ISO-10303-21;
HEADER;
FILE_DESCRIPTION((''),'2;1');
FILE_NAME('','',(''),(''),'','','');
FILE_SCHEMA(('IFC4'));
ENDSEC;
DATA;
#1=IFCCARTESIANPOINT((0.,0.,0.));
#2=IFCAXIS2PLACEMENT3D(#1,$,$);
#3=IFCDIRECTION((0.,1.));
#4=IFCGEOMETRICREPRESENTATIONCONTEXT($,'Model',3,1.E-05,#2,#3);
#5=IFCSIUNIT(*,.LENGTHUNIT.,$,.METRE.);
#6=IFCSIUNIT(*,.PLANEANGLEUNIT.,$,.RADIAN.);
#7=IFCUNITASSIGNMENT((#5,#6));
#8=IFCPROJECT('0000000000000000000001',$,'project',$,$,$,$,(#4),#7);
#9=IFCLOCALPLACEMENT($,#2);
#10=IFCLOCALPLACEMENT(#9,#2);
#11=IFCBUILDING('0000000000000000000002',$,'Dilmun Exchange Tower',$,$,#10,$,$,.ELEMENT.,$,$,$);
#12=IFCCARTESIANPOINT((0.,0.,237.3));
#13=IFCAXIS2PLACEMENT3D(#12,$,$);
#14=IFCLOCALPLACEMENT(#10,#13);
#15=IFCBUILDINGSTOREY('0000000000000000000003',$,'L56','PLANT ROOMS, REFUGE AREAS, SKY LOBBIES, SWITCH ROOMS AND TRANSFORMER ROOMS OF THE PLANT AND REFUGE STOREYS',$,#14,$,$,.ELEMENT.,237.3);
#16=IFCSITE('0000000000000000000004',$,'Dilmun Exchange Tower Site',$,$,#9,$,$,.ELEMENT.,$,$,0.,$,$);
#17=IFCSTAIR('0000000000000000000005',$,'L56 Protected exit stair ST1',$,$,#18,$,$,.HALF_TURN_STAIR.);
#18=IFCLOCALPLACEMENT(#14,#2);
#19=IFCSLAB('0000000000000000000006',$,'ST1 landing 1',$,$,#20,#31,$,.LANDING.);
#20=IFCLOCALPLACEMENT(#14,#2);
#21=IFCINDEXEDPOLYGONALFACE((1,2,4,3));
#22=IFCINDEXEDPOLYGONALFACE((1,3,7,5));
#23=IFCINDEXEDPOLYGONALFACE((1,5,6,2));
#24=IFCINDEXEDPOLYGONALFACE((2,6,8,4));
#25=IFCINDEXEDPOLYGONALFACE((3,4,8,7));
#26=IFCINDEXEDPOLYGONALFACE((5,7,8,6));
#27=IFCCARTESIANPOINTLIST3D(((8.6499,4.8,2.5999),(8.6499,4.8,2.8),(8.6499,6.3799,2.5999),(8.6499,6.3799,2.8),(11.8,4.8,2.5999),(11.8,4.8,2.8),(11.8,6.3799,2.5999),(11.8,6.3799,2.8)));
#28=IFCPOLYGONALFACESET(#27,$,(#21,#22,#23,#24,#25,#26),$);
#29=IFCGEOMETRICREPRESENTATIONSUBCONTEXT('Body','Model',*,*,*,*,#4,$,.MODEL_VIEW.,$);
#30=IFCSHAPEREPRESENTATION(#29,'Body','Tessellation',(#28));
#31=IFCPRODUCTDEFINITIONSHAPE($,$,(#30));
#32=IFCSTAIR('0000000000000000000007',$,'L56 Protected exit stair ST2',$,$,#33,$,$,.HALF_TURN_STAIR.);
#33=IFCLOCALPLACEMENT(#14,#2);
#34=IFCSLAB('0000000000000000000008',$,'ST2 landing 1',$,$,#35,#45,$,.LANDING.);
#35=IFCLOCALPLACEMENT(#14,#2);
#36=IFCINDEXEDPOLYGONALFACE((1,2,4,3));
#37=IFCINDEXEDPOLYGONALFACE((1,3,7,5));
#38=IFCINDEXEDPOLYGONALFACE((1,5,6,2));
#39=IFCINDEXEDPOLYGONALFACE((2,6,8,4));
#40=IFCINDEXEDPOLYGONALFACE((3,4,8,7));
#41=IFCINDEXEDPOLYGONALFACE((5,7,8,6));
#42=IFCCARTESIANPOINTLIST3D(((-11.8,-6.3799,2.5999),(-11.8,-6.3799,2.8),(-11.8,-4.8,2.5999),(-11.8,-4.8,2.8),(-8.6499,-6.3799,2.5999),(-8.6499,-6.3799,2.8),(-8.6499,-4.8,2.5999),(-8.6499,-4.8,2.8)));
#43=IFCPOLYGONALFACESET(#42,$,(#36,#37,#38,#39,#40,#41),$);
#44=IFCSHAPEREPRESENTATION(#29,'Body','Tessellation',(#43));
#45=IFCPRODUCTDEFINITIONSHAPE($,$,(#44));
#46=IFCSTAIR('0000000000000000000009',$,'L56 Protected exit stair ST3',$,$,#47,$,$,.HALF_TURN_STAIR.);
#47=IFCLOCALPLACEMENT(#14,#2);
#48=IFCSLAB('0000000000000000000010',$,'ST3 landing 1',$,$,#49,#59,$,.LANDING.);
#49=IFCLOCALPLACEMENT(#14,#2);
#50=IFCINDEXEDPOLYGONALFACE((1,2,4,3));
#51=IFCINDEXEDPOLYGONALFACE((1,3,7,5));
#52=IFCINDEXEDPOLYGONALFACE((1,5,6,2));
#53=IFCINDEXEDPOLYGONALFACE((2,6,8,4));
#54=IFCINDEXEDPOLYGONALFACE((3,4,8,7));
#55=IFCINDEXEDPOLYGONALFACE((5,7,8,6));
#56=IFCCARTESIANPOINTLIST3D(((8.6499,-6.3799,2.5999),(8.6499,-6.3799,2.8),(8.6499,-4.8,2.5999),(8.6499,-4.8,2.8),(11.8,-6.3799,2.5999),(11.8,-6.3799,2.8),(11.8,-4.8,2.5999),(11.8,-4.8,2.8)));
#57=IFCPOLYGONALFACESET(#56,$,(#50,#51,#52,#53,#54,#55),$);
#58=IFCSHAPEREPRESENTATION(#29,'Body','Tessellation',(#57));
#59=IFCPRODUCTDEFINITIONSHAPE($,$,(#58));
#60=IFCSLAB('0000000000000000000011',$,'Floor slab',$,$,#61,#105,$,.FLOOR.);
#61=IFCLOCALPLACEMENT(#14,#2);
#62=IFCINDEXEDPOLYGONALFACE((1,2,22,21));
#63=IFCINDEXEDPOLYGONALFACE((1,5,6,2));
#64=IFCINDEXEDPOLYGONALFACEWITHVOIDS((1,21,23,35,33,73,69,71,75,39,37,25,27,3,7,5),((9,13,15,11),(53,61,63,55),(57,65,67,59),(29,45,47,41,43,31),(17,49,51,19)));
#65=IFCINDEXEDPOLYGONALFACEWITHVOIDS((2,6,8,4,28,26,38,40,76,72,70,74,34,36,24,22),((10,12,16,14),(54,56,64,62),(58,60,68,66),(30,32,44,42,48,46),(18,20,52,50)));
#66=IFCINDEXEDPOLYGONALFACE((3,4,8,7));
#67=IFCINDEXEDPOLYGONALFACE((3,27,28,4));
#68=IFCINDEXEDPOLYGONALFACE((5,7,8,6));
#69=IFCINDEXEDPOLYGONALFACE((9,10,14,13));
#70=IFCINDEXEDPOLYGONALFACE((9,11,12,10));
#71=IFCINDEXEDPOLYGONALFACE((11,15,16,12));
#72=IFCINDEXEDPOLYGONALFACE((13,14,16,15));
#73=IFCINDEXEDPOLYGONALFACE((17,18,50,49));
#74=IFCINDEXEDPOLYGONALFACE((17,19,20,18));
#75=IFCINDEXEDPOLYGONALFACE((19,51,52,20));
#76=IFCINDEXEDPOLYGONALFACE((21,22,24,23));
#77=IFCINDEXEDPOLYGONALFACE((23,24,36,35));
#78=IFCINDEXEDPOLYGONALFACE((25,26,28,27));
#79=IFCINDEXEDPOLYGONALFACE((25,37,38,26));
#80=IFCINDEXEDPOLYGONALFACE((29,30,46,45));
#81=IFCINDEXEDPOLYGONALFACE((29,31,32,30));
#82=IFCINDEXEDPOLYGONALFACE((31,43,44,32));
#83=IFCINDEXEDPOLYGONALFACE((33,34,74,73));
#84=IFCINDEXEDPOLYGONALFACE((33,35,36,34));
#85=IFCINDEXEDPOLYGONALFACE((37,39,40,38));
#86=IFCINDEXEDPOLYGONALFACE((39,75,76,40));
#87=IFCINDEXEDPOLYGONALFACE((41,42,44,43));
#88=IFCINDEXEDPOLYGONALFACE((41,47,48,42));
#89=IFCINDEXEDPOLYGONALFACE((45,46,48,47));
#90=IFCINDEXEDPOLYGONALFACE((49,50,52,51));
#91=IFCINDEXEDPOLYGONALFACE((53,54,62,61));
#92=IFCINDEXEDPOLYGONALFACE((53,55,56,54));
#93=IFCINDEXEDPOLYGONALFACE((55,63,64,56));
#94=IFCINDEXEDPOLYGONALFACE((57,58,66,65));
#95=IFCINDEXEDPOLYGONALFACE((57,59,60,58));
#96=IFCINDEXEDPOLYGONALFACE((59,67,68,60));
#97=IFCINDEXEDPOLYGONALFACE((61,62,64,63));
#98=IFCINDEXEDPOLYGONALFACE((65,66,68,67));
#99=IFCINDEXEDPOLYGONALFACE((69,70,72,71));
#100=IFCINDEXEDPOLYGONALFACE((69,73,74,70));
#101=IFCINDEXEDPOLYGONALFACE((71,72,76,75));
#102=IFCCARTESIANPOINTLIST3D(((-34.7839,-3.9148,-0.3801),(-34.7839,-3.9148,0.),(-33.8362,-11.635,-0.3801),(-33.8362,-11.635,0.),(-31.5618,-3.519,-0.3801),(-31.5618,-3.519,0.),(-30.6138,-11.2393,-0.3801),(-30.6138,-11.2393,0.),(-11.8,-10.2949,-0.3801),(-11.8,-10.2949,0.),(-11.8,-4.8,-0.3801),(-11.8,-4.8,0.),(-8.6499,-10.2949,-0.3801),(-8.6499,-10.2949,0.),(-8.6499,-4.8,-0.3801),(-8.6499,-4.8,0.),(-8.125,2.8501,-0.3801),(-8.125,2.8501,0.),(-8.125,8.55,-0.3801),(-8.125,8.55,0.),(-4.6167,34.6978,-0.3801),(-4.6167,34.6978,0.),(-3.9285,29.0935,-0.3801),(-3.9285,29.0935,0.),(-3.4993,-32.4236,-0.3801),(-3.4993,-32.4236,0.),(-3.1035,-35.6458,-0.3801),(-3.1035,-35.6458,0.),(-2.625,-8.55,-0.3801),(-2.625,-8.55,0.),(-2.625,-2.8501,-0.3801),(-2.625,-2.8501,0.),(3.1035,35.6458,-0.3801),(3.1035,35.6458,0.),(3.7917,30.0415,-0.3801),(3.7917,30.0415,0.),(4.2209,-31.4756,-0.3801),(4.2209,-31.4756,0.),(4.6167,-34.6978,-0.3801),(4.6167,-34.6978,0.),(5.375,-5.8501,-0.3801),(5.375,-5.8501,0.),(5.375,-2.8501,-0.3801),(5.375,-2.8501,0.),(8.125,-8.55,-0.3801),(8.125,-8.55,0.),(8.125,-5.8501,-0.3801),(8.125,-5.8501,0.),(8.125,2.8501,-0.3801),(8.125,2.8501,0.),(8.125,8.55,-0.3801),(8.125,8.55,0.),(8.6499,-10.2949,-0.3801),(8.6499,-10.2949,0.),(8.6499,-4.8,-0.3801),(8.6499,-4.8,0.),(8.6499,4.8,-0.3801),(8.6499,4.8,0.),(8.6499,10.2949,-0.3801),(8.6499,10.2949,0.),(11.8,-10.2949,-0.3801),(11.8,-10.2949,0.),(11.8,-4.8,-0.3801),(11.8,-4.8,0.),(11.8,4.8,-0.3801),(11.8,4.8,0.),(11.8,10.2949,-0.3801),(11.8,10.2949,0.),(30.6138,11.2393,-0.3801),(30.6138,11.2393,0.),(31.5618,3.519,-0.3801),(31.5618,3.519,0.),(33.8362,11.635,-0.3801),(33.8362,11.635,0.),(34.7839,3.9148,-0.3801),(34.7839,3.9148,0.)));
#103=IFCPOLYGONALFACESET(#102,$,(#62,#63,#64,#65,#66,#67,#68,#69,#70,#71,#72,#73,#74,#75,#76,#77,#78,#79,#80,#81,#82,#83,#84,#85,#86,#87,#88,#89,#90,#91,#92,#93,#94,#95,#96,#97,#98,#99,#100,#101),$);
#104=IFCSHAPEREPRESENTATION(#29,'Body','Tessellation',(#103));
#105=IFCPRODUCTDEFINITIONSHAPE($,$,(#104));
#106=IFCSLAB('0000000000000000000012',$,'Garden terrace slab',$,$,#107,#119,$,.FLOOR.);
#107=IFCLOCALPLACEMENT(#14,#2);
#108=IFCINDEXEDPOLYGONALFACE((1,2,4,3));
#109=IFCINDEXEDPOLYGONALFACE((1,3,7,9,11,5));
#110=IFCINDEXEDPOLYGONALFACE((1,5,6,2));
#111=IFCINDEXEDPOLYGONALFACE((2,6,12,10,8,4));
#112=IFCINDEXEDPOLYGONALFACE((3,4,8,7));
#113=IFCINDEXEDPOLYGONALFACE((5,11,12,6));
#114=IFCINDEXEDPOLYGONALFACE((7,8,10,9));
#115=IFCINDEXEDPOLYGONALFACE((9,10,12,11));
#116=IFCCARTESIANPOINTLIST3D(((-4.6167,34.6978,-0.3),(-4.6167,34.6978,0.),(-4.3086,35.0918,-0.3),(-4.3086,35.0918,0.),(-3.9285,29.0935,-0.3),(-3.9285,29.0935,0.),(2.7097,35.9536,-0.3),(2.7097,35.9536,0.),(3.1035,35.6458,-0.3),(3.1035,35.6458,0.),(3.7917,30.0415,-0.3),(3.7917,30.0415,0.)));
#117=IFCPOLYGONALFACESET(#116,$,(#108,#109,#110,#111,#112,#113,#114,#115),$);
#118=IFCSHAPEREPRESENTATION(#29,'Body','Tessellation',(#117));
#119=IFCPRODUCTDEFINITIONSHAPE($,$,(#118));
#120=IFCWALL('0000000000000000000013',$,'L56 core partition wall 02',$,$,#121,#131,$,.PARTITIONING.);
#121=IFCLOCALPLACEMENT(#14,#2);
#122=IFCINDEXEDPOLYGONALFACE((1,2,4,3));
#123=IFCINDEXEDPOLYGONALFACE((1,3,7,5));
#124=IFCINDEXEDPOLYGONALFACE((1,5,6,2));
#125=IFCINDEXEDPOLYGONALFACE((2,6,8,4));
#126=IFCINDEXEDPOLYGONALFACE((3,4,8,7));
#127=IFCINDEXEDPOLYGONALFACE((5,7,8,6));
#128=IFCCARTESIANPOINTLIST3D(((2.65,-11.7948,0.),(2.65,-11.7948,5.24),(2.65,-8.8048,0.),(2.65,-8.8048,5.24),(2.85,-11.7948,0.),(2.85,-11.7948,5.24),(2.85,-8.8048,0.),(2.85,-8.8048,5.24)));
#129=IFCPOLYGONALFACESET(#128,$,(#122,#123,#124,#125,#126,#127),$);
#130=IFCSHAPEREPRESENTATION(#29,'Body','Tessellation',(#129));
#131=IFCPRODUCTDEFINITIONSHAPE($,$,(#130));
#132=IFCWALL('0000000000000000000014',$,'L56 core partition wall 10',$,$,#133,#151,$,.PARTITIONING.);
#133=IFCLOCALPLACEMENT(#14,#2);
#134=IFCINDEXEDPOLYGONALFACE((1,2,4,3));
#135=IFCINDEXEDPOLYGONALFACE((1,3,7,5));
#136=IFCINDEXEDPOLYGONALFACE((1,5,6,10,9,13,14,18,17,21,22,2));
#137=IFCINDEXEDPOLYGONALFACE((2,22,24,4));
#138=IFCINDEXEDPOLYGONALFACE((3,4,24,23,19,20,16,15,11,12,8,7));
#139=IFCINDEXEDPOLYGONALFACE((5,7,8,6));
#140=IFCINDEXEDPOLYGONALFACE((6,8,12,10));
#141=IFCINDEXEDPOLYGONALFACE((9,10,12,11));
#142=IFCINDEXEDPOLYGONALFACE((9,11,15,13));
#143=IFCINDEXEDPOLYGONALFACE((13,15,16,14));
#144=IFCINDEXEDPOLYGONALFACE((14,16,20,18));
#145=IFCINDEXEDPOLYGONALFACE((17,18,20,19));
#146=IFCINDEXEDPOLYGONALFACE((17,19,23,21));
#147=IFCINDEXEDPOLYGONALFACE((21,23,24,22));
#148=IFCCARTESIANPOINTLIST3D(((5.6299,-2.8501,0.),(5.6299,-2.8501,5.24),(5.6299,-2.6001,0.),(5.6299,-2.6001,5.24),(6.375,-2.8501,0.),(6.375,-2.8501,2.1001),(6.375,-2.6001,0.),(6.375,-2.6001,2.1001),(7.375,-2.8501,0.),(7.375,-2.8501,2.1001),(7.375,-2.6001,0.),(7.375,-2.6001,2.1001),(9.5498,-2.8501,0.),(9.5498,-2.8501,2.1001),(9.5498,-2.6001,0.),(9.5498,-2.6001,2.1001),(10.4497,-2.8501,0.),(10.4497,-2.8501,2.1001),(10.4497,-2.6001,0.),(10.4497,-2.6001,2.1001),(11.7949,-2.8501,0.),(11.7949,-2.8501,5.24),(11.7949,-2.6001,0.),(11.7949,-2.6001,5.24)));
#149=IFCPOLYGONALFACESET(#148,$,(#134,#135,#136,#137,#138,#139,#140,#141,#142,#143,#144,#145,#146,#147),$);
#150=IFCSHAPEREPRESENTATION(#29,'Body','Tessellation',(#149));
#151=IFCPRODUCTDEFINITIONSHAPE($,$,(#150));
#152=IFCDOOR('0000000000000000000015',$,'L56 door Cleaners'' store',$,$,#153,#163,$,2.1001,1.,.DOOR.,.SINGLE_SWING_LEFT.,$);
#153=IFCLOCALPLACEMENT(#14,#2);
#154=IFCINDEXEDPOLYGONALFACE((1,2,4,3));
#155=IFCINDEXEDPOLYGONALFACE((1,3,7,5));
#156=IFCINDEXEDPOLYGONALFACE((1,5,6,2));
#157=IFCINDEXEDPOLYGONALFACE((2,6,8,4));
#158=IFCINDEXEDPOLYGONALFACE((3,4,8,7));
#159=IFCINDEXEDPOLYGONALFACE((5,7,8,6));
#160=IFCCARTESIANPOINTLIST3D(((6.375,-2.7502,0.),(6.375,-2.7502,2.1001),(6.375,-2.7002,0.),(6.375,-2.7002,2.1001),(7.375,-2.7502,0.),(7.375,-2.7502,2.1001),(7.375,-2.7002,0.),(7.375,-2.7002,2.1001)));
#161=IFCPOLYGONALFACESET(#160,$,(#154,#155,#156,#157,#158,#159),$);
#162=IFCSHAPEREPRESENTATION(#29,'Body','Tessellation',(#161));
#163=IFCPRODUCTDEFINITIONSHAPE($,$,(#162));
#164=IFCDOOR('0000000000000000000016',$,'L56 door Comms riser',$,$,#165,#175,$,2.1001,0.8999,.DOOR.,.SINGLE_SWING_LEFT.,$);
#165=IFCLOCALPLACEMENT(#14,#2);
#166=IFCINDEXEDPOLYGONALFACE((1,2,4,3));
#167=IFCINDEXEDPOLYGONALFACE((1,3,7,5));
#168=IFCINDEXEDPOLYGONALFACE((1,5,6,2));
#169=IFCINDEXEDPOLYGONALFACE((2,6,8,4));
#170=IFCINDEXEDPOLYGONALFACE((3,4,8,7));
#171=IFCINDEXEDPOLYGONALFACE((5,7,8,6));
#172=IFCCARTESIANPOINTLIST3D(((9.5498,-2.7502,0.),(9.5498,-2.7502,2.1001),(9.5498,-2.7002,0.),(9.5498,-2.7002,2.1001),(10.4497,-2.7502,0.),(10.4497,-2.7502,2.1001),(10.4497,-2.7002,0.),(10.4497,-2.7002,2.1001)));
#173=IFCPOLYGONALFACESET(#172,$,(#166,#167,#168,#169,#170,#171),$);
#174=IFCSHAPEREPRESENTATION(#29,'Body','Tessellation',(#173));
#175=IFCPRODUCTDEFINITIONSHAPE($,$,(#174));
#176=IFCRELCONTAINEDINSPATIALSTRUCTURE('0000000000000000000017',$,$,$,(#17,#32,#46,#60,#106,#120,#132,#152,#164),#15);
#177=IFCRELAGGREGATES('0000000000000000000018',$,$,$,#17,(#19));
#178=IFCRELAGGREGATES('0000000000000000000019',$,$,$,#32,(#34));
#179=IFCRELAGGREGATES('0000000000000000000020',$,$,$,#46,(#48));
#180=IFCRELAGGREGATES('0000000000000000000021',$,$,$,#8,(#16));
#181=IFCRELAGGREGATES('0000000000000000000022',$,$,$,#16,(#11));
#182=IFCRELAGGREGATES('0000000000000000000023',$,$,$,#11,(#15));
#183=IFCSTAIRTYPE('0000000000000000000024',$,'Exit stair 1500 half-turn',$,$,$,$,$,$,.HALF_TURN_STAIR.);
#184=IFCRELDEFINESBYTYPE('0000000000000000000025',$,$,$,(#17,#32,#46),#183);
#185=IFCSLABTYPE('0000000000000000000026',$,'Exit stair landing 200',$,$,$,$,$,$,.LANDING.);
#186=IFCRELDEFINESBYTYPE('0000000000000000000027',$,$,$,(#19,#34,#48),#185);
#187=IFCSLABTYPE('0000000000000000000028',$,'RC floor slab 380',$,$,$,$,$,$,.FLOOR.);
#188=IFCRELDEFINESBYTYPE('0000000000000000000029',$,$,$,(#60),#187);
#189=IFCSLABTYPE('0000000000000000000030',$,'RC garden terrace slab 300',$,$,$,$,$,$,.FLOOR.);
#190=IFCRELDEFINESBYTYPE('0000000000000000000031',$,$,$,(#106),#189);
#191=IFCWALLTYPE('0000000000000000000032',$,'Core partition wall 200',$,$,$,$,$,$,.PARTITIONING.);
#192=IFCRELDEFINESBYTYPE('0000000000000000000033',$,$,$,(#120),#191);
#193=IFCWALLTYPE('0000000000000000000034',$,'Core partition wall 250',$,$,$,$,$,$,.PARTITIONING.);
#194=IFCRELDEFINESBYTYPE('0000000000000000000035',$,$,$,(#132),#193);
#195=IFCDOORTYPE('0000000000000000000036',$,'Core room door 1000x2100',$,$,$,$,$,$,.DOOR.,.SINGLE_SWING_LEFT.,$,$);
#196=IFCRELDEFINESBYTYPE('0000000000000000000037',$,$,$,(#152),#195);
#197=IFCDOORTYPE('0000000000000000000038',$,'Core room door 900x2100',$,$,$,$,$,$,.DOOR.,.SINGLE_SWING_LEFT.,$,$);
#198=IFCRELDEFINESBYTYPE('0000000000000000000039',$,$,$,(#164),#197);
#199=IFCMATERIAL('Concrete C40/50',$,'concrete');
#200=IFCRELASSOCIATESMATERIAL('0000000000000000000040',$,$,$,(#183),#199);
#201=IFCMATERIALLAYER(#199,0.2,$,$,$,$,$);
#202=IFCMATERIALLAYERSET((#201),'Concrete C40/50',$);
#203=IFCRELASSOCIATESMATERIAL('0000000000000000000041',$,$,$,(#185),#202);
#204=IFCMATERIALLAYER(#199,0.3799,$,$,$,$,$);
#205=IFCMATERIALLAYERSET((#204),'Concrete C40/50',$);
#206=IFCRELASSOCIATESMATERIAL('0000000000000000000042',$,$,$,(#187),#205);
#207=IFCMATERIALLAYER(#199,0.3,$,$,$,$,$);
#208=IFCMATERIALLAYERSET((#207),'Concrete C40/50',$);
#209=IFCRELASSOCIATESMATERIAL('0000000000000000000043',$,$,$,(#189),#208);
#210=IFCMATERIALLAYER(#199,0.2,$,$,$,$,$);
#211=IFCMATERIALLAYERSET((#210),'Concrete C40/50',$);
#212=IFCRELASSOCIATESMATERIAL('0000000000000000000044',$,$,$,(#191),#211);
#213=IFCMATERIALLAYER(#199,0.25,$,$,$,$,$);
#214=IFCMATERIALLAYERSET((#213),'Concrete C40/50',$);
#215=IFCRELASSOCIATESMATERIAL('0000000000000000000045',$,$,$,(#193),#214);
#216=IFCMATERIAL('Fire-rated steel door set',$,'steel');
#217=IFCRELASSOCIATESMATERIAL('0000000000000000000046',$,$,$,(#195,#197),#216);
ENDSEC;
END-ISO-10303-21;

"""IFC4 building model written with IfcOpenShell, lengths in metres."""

from ifc_helpers import new_model, si_unit, direction, frame, frame_2d, origin, place, context, subcontext, project, spatial, polyline, rectangle, outline, extrude, material, layer, layer_set, type_object, element, fill, aggregate, save


model = new_model("IFC4")

# Units and contexts
model_context = context("Model", 3, precision=1e-05, world=origin(), true_north=direction((0.0, 1.0)))
body_context = subcontext(model_context, "Body", "Model", "MODEL_VIEW")
ifc_project = project(units=[si_unit("LENGTHUNIT", "METRE"), si_unit("PLANEANGLEUNIT", "RADIAN")], contexts=[model_context])

# Site, building, storey
site_placement = place(None, origin())
site = spatial("IfcSite", under=ifc_project, at=site_placement, Name="Dilmun Exchange Tower Site", CompositionType="ELEMENT", RefElevation=0.0)
building_placement = place(site_placement, origin())
building = spatial("IfcBuilding", under=site, at=building_placement, Name="Dilmun Exchange Tower", CompositionType="ELEMENT")
storey_placement = place(building_placement, frame((0.0, 0.0, 237.3)))
storey = spatial("IfcBuildingStorey", under=building, at=storey_placement, Name="L56", Description="PLANT ROOMS, REFUGE AREAS, SKY LOBBIES, SWITCH ROOMS AND TRANSFORMER ROOMS OF THE PLANT AND REFUGE STOREYS", CompositionType="ELEMENT", Elevation=237.3)

# Stairs, slabs
ifc_material_1 = material(Name="Concrete C40/50", Category="concrete")
stair_type = type_object("IfcStairType", Name="Exit stair 1500 half-turn", PredefinedType="HALF_TURN_STAIR", material=ifc_material_1)
stair_1_placement = place(storey_placement, origin())
stair_1 = element("IfcStair", 1, at=stair_1_placement, inside=storey, type_object=stair_type, Name="L56 Protected exit stair ST1", PredefinedType="HALF_TURN_STAIR")
ifc_layer_1 = layer(ifc_material_1, 0.2)
ifc_layer_set_1 = layer_set([ifc_layer_1], Name="Concrete C40/50")
slab_type_1 = type_object("IfcSlabType", Name="Exit stair landing 200", PredefinedType="LANDING", material=ifc_layer_set_1)
slab_1_placement = place(storey_placement, frame((0.0, 0.0, 2.5999)))
slab_1 = element("IfcSlab", 2, at=slab_1_placement, type_object=slab_type_1, Name="ST1 landing 1", PredefinedType="LANDING", context=body_context, shape_type="SweptSolid", body=[
    extrude(outline(polyline([(8.6499, 6.3799), (8.6499, 4.8), (11.8, 4.8), (11.8, 6.3799), (8.6499, 6.3799)])), origin(), (0.0, 0.0, 1.0), 0.2002),
])
aggregate(stair_1, [slab_1])
stair_2_placement = place(storey_placement, origin())
stair_2 = element("IfcStair", 3, at=stair_2_placement, inside=storey, type_object=stair_type, Name="L56 Protected exit stair ST2", PredefinedType="HALF_TURN_STAIR")
slab_2_placement = place(storey_placement, frame((0.0, 0.0, 2.5999)))
slab_2 = element("IfcSlab", 4, at=slab_2_placement, type_object=slab_type_1, Name="ST2 landing 1", PredefinedType="LANDING", context=body_context, shape_type="SweptSolid", body=[
    extrude(outline(polyline([(-8.6499, -6.3799), (-8.6499, -4.8), (-11.8, -4.8), (-11.8, -6.3799), (-8.6499, -6.3799)])), origin(), (0.0, 0.0, 1.0), 0.2002),
])
aggregate(stair_2, [slab_2])
stair_3_placement = place(storey_placement, origin())
stair_3 = element("IfcStair", 5, at=stair_3_placement, inside=storey, type_object=stair_type, Name="L56 Protected exit stair ST3", PredefinedType="HALF_TURN_STAIR")
slab_3_placement = place(storey_placement, frame((0.0, 0.0, 2.5999)))
slab_3 = element("IfcSlab", 6, at=slab_3_placement, type_object=slab_type_1, Name="ST3 landing 1", PredefinedType="LANDING", context=body_context, shape_type="SweptSolid", body=[
    extrude(outline(polyline([(11.8, -6.3799), (11.8, -4.8), (8.6499, -4.8), (8.6499, -6.3799), (11.8, -6.3799)])), origin(), (0.0, 0.0, 1.0), 0.2002),
])
aggregate(stair_3, [slab_3])

# Slabs
ifc_layer_2 = layer(ifc_material_1, 0.3799)
ifc_layer_set_2 = layer_set([ifc_layer_2], Name="Concrete C40/50")
slab_type_2 = type_object("IfcSlabType", Name="RC floor slab 380", PredefinedType="FLOOR", material=ifc_layer_set_2)
slab_4_placement = place(storey_placement, frame((0.0, 0.0, -0.3801)))
element("IfcSlab", 7, at=slab_4_placement, inside=storey, type_object=slab_type_2, Name="Floor slab", PredefinedType="FLOOR", context=body_context, shape_type="SweptSolid", body=[
    extrude(outline(polyline([(30.6138, 11.2393), (31.5618, 3.519), (34.7839, 3.9148), (4.6167, -34.6978), (4.2209, -31.4756), (-3.4993, -32.4236), (-3.1035, -35.6458), (-33.8362, -11.635), (-30.6138, -11.2393), (-31.5618, -3.519), (-34.7839, -3.9148), (-4.6167, 34.6978), (-3.9285, 29.0935), (3.7917, 30.0415), (3.1035, 35.6458), (33.8362, 11.635), (30.6138, 11.2393)]), holes=[polyline([(-8.6499, -4.8), (-11.8, -4.8), (-11.8, -10.2949), (-8.6499, -10.2949), (-8.6499, -4.8)]), polyline([(11.8, -4.8), (8.6499, -4.8), (8.6499, -10.2949), (11.8, -10.2949), (11.8, -4.8)]), polyline([(5.375, -2.8501), (-2.625, -2.8501), (-2.625, -8.55), (8.125, -8.55), (8.125, -5.8501), (5.375, -5.8501), (5.375, -2.8501)]), polyline([(8.125, 8.55), (-8.125, 8.55), (-8.125, 2.8501), (8.125, 2.8501), (8.125, 8.55)]), polyline([(8.6499, 10.2949), (8.6499, 4.8), (11.8, 4.8), (11.8, 10.2949), (8.6499, 10.2949)])]), origin(), (0.0, 0.0, 1.0), 0.3801),
])
ifc_layer_3 = layer(ifc_material_1, 0.3)
ifc_layer_set_3 = layer_set([ifc_layer_3], Name="Concrete C40/50")
slab_type_3 = type_object("IfcSlabType", Name="RC garden terrace slab 300", PredefinedType="FLOOR", material=ifc_layer_set_3)
slab_5_placement = place(storey_placement, frame((0.0, 0.0, -0.3)))
element("IfcSlab", 8, at=slab_5_placement, inside=storey, type_object=slab_type_3, Name="Garden terrace slab", PredefinedType="FLOOR", context=body_context, shape_type="SweptSolid", body=[
    extrude(outline(polyline([(-3.9285, 29.0935), (-4.6167, 34.6978), (-4.3086, 35.0918), (2.7097, 35.9536), (3.1035, 35.6458), (3.7917, 30.0415), (-3.9285, 29.0935)])), origin(), (0.0, 0.0, 1.0), 0.3),
])

# Wall
ifc_layer_4 = layer(ifc_material_1, 0.2)
ifc_layer_set_4 = layer_set([ifc_layer_4], Name="Concrete C40/50")
wall_type_1 = type_object("IfcWallType", Name="Core partition wall 200", PredefinedType="PARTITIONING", material=ifc_layer_set_4)
wall_1_placement = place(storey_placement, frame((2.75, -11.7949, 0.0), z_axis=(0.0, 0.0, 1.0), x_axis=(0.0, 1.0, 0.0)))
element("IfcWall", 9, at=wall_1_placement, inside=storey, type_object=wall_type_1, Name="L56 core partition wall 02", PredefinedType="PARTITIONING", context=body_context, shape_type="SweptSolid", body=[
    extrude(rectangle(XDim=2.99, YDim=0.2, at=frame_2d((1.4951, 0.0))), origin(), (0.0, 0.0, 1.0), 5.24),
])

# Shared definitions
ifc_material_2 = material(Name="Fire-rated steel door set", Category="steel")

# Wall, openings, doors
ifc_layer_5 = layer(ifc_material_1, 0.25)
ifc_layer_set_5 = layer_set([ifc_layer_5], Name="Concrete C40/50")
wall_type_2 = type_object("IfcWallType", Name="Core partition wall 250", PredefinedType="PARTITIONING", material=ifc_layer_set_5)
wall_2_placement = place(storey_placement, frame((5.6299, -2.7251, 0.0), z_axis=(0.0, 0.0, 1.0), x_axis=(1.0, 0.0, 0.0)))
wall_2 = element("IfcWall", 10, at=wall_2_placement, inside=storey, type_object=wall_type_2, Name="L56 core partition wall 10", PredefinedType="PARTITIONING", context=body_context, shape_type="SweptSolid", body=[
    extrude(rectangle(XDim=6.165, YDim=0.25, at=frame_2d((3.0825, 0.0))), origin(), (0.0, 0.0, 1.0), 5.24),
])
opening_1_placement = place(wall_2_placement, frame((0.7451, 0.0, 0.0)))
opening_1 = element("IfcOpeningElement", 11, at=opening_1_placement, cuts=wall_2, PredefinedType="OPENING", context=body_context, shape_type="SweptSolid", body=[
    extrude(rectangle(XDim=1.0, YDim=2.1001, at=frame_2d((0.5, 1.05))), frame((0.0, 0.135, 0.0), z_axis=(0.0, -1.0, 0.0), x_axis=(1.0, 0.0, 0.0)), (0.0, 0.0, 1.0), 0.27),
])
opening_2_placement = place(wall_2_placement, frame((3.9199, 0.0, 0.0)))
opening_2 = element("IfcOpeningElement", 12, at=opening_2_placement, cuts=wall_2, PredefinedType="OPENING", context=body_context, shape_type="SweptSolid", body=[
    extrude(rectangle(XDim=0.8999, YDim=2.1001, at=frame_2d((0.45, 1.05))), frame((0.0, 0.135, 0.0), z_axis=(0.0, -1.0, 0.0), x_axis=(1.0, 0.0, 0.0)), (0.0, 0.0, 1.0), 0.27),
])
door_type_1 = type_object("IfcDoorType", Name="Core room door 1000x2100", OperationType="SINGLE_SWING_LEFT", PredefinedType="DOOR", material=ifc_material_2)
door_1_placement = place(opening_1_placement, origin())
door_1 = element("IfcDoor", 13, at=door_1_placement, inside=storey, type_object=door_type_1, Name="L56 door Cleaners' store", OperationType="SINGLE_SWING_LEFT", OverallHeight=2.1001, OverallWidth=1.0, PredefinedType="DOOR", context=body_context, shape_type="SweptSolid", body=[
    extrude(rectangle(XDim=1.0, YDim=2.1001, at=frame_2d((0.5, 1.05))), frame((0.0, 0.0249, 0.0), z_axis=(0.0, -1.0, 0.0), x_axis=(1.0, 0.0, 0.0)), (0.0, 0.0, 1.0), 0.05),
])
fill(opening_1, door_1)
door_type_2 = type_object("IfcDoorType", Name="Core room door 900x2100", OperationType="SINGLE_SWING_LEFT", PredefinedType="DOOR", material=ifc_material_2)
door_2_placement = place(opening_2_placement, origin())
door_2 = element("IfcDoor", 14, at=door_2_placement, inside=storey, type_object=door_type_2, Name="L56 door Comms riser", OperationType="SINGLE_SWING_LEFT", OverallHeight=2.1001, OverallWidth=0.8999, PredefinedType="DOOR", context=body_context, shape_type="SweptSolid", body=[
    extrude(rectangle(XDim=0.8999, YDim=2.1001, at=frame_2d((0.45, 1.05))), frame((0.0, 0.0249, 0.0), z_axis=(0.0, -1.0, 0.0), x_axis=(1.0, 0.0, 0.0)), (0.0, 0.0, 1.0), 0.05),
])
fill(opening_2, door_2)

save(model, "model.ifc")
